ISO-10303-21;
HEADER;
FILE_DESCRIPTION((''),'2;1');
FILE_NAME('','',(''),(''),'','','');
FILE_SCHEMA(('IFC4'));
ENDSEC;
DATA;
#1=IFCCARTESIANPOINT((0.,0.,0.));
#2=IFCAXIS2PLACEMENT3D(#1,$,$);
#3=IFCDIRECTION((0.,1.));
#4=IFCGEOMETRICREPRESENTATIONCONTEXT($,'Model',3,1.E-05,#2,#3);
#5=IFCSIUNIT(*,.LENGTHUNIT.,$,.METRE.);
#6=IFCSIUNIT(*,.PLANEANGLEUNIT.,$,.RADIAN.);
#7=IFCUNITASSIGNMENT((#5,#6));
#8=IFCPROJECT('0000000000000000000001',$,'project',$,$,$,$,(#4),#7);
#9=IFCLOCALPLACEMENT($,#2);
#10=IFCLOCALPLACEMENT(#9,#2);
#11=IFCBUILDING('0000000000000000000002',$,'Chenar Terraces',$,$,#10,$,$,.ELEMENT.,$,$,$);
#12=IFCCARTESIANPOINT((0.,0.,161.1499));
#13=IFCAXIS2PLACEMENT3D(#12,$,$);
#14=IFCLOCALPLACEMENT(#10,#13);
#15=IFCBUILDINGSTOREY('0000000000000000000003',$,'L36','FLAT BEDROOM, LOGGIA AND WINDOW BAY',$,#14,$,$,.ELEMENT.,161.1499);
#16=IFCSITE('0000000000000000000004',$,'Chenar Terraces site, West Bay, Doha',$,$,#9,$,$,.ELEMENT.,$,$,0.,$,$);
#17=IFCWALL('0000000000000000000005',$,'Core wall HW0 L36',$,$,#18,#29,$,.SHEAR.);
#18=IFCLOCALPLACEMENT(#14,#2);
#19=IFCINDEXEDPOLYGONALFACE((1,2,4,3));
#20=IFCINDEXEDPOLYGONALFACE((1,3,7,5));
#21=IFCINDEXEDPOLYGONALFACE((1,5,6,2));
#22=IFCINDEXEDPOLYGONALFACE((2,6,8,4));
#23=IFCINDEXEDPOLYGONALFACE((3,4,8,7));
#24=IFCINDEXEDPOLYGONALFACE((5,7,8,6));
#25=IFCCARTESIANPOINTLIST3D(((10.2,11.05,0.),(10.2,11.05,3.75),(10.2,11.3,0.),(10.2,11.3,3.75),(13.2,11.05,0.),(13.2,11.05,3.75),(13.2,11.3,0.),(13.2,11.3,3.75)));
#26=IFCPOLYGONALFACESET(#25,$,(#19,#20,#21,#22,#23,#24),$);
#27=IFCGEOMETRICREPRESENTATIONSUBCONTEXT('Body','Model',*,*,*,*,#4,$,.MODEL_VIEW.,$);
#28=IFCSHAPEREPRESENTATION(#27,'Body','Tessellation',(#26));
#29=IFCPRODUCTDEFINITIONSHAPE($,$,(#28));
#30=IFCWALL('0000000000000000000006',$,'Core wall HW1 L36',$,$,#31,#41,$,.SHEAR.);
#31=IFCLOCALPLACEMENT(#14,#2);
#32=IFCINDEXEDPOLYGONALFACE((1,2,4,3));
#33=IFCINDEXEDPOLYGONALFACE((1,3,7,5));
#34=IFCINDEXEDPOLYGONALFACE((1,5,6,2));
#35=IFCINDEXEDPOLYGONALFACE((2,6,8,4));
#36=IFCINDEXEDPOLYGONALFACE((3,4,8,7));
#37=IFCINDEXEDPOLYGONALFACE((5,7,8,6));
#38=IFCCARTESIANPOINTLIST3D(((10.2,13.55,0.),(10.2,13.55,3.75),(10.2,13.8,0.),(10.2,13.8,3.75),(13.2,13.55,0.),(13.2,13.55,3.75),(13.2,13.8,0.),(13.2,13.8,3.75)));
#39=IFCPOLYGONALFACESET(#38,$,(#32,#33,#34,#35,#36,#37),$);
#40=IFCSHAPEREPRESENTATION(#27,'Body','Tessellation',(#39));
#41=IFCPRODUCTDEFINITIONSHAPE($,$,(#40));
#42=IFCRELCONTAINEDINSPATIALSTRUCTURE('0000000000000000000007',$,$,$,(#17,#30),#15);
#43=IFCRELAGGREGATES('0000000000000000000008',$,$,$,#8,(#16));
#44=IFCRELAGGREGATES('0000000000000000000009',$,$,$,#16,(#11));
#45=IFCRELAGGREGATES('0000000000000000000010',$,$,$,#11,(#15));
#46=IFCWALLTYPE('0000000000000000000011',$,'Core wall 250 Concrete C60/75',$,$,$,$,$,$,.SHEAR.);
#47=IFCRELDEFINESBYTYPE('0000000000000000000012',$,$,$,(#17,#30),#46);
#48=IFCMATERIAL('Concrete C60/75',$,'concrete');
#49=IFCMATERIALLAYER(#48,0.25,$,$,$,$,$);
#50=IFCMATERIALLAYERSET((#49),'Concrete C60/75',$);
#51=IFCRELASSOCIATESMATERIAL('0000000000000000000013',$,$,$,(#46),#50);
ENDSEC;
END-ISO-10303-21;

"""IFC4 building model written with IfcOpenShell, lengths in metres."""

from ifc_helpers import new_model, si_unit, direction, frame, frame_2d, origin, place, context, subcontext, project, spatial, rectangle, extrude, material, layer, layer_set, type_object, element, save


model = new_model("IFC4")

# Units and contexts
model_context = context("Model", 3, precision=1e-05, world=origin(), true_north=direction((0.0, 1.0)))
body_context = subcontext(model_context, "Body", "Model", "MODEL_VIEW")
ifc_project = project(units=[si_unit("LENGTHUNIT", "METRE"), si_unit("PLANEANGLEUNIT", "RADIAN")], contexts=[model_context])

# Site, building, storey
site_placement = place(None, origin())
site = spatial("IfcSite", under=ifc_project, at=site_placement, Name="Chenar Terraces site, West Bay, Doha", CompositionType="ELEMENT", RefElevation=0.0)
building_placement = place(site_placement, origin())
building = spatial("IfcBuilding", under=site, at=building_placement, Name="Chenar Terraces", CompositionType="ELEMENT")
storey_placement = place(building_placement, frame((0.0, 0.0, 161.1499)))
storey = spatial("IfcBuildingStorey", under=building, at=storey_placement, Name="L36", Description="FLAT BEDROOM, LOGGIA AND WINDOW BAY", CompositionType="ELEMENT", Elevation=161.1499)

# Shared definitions
ifc_material_1 = material(Name="Concrete C60/75", Category="concrete")
ifc_layer_1 = layer(ifc_material_1, 0.25)
ifc_layer_set_1 = layer_set([ifc_layer_1], Name="Concrete C60/75")
wall_type_1 = type_object("IfcWallType", Name="Core wall 250 Concrete C60/75", PredefinedType="SHEAR", material=ifc_layer_set_1)

# Walls
for number, where, z_axis, x_axis, name in (
    (1, (10.2, 11.175, 0.0), (0.0, 0.0, 1.0), (1.0, 0.0, 0.0), "Core wall HW0 L36"),
    (2, (10.2, 13.675, 0.0), (0.0, 0.0, 1.0), (1.0, 0.0, 0.0), "Core wall HW1 L36"),
):
    element("IfcWall", number, at=place(storey_placement, frame(where, z_axis=z_axis, x_axis=x_axis)), inside=storey, type_object=wall_type_1, Name=name, PredefinedType="SHEAR", context=body_context, shape_type="SweptSolid", body=[
        extrude(rectangle(XDim=3.0, YDim=0.25, at=frame_2d((1.5, 0.0))), origin(), (0.0, 0.0, 1.0), 3.75),
    ])

save(model, "model.ifc")
